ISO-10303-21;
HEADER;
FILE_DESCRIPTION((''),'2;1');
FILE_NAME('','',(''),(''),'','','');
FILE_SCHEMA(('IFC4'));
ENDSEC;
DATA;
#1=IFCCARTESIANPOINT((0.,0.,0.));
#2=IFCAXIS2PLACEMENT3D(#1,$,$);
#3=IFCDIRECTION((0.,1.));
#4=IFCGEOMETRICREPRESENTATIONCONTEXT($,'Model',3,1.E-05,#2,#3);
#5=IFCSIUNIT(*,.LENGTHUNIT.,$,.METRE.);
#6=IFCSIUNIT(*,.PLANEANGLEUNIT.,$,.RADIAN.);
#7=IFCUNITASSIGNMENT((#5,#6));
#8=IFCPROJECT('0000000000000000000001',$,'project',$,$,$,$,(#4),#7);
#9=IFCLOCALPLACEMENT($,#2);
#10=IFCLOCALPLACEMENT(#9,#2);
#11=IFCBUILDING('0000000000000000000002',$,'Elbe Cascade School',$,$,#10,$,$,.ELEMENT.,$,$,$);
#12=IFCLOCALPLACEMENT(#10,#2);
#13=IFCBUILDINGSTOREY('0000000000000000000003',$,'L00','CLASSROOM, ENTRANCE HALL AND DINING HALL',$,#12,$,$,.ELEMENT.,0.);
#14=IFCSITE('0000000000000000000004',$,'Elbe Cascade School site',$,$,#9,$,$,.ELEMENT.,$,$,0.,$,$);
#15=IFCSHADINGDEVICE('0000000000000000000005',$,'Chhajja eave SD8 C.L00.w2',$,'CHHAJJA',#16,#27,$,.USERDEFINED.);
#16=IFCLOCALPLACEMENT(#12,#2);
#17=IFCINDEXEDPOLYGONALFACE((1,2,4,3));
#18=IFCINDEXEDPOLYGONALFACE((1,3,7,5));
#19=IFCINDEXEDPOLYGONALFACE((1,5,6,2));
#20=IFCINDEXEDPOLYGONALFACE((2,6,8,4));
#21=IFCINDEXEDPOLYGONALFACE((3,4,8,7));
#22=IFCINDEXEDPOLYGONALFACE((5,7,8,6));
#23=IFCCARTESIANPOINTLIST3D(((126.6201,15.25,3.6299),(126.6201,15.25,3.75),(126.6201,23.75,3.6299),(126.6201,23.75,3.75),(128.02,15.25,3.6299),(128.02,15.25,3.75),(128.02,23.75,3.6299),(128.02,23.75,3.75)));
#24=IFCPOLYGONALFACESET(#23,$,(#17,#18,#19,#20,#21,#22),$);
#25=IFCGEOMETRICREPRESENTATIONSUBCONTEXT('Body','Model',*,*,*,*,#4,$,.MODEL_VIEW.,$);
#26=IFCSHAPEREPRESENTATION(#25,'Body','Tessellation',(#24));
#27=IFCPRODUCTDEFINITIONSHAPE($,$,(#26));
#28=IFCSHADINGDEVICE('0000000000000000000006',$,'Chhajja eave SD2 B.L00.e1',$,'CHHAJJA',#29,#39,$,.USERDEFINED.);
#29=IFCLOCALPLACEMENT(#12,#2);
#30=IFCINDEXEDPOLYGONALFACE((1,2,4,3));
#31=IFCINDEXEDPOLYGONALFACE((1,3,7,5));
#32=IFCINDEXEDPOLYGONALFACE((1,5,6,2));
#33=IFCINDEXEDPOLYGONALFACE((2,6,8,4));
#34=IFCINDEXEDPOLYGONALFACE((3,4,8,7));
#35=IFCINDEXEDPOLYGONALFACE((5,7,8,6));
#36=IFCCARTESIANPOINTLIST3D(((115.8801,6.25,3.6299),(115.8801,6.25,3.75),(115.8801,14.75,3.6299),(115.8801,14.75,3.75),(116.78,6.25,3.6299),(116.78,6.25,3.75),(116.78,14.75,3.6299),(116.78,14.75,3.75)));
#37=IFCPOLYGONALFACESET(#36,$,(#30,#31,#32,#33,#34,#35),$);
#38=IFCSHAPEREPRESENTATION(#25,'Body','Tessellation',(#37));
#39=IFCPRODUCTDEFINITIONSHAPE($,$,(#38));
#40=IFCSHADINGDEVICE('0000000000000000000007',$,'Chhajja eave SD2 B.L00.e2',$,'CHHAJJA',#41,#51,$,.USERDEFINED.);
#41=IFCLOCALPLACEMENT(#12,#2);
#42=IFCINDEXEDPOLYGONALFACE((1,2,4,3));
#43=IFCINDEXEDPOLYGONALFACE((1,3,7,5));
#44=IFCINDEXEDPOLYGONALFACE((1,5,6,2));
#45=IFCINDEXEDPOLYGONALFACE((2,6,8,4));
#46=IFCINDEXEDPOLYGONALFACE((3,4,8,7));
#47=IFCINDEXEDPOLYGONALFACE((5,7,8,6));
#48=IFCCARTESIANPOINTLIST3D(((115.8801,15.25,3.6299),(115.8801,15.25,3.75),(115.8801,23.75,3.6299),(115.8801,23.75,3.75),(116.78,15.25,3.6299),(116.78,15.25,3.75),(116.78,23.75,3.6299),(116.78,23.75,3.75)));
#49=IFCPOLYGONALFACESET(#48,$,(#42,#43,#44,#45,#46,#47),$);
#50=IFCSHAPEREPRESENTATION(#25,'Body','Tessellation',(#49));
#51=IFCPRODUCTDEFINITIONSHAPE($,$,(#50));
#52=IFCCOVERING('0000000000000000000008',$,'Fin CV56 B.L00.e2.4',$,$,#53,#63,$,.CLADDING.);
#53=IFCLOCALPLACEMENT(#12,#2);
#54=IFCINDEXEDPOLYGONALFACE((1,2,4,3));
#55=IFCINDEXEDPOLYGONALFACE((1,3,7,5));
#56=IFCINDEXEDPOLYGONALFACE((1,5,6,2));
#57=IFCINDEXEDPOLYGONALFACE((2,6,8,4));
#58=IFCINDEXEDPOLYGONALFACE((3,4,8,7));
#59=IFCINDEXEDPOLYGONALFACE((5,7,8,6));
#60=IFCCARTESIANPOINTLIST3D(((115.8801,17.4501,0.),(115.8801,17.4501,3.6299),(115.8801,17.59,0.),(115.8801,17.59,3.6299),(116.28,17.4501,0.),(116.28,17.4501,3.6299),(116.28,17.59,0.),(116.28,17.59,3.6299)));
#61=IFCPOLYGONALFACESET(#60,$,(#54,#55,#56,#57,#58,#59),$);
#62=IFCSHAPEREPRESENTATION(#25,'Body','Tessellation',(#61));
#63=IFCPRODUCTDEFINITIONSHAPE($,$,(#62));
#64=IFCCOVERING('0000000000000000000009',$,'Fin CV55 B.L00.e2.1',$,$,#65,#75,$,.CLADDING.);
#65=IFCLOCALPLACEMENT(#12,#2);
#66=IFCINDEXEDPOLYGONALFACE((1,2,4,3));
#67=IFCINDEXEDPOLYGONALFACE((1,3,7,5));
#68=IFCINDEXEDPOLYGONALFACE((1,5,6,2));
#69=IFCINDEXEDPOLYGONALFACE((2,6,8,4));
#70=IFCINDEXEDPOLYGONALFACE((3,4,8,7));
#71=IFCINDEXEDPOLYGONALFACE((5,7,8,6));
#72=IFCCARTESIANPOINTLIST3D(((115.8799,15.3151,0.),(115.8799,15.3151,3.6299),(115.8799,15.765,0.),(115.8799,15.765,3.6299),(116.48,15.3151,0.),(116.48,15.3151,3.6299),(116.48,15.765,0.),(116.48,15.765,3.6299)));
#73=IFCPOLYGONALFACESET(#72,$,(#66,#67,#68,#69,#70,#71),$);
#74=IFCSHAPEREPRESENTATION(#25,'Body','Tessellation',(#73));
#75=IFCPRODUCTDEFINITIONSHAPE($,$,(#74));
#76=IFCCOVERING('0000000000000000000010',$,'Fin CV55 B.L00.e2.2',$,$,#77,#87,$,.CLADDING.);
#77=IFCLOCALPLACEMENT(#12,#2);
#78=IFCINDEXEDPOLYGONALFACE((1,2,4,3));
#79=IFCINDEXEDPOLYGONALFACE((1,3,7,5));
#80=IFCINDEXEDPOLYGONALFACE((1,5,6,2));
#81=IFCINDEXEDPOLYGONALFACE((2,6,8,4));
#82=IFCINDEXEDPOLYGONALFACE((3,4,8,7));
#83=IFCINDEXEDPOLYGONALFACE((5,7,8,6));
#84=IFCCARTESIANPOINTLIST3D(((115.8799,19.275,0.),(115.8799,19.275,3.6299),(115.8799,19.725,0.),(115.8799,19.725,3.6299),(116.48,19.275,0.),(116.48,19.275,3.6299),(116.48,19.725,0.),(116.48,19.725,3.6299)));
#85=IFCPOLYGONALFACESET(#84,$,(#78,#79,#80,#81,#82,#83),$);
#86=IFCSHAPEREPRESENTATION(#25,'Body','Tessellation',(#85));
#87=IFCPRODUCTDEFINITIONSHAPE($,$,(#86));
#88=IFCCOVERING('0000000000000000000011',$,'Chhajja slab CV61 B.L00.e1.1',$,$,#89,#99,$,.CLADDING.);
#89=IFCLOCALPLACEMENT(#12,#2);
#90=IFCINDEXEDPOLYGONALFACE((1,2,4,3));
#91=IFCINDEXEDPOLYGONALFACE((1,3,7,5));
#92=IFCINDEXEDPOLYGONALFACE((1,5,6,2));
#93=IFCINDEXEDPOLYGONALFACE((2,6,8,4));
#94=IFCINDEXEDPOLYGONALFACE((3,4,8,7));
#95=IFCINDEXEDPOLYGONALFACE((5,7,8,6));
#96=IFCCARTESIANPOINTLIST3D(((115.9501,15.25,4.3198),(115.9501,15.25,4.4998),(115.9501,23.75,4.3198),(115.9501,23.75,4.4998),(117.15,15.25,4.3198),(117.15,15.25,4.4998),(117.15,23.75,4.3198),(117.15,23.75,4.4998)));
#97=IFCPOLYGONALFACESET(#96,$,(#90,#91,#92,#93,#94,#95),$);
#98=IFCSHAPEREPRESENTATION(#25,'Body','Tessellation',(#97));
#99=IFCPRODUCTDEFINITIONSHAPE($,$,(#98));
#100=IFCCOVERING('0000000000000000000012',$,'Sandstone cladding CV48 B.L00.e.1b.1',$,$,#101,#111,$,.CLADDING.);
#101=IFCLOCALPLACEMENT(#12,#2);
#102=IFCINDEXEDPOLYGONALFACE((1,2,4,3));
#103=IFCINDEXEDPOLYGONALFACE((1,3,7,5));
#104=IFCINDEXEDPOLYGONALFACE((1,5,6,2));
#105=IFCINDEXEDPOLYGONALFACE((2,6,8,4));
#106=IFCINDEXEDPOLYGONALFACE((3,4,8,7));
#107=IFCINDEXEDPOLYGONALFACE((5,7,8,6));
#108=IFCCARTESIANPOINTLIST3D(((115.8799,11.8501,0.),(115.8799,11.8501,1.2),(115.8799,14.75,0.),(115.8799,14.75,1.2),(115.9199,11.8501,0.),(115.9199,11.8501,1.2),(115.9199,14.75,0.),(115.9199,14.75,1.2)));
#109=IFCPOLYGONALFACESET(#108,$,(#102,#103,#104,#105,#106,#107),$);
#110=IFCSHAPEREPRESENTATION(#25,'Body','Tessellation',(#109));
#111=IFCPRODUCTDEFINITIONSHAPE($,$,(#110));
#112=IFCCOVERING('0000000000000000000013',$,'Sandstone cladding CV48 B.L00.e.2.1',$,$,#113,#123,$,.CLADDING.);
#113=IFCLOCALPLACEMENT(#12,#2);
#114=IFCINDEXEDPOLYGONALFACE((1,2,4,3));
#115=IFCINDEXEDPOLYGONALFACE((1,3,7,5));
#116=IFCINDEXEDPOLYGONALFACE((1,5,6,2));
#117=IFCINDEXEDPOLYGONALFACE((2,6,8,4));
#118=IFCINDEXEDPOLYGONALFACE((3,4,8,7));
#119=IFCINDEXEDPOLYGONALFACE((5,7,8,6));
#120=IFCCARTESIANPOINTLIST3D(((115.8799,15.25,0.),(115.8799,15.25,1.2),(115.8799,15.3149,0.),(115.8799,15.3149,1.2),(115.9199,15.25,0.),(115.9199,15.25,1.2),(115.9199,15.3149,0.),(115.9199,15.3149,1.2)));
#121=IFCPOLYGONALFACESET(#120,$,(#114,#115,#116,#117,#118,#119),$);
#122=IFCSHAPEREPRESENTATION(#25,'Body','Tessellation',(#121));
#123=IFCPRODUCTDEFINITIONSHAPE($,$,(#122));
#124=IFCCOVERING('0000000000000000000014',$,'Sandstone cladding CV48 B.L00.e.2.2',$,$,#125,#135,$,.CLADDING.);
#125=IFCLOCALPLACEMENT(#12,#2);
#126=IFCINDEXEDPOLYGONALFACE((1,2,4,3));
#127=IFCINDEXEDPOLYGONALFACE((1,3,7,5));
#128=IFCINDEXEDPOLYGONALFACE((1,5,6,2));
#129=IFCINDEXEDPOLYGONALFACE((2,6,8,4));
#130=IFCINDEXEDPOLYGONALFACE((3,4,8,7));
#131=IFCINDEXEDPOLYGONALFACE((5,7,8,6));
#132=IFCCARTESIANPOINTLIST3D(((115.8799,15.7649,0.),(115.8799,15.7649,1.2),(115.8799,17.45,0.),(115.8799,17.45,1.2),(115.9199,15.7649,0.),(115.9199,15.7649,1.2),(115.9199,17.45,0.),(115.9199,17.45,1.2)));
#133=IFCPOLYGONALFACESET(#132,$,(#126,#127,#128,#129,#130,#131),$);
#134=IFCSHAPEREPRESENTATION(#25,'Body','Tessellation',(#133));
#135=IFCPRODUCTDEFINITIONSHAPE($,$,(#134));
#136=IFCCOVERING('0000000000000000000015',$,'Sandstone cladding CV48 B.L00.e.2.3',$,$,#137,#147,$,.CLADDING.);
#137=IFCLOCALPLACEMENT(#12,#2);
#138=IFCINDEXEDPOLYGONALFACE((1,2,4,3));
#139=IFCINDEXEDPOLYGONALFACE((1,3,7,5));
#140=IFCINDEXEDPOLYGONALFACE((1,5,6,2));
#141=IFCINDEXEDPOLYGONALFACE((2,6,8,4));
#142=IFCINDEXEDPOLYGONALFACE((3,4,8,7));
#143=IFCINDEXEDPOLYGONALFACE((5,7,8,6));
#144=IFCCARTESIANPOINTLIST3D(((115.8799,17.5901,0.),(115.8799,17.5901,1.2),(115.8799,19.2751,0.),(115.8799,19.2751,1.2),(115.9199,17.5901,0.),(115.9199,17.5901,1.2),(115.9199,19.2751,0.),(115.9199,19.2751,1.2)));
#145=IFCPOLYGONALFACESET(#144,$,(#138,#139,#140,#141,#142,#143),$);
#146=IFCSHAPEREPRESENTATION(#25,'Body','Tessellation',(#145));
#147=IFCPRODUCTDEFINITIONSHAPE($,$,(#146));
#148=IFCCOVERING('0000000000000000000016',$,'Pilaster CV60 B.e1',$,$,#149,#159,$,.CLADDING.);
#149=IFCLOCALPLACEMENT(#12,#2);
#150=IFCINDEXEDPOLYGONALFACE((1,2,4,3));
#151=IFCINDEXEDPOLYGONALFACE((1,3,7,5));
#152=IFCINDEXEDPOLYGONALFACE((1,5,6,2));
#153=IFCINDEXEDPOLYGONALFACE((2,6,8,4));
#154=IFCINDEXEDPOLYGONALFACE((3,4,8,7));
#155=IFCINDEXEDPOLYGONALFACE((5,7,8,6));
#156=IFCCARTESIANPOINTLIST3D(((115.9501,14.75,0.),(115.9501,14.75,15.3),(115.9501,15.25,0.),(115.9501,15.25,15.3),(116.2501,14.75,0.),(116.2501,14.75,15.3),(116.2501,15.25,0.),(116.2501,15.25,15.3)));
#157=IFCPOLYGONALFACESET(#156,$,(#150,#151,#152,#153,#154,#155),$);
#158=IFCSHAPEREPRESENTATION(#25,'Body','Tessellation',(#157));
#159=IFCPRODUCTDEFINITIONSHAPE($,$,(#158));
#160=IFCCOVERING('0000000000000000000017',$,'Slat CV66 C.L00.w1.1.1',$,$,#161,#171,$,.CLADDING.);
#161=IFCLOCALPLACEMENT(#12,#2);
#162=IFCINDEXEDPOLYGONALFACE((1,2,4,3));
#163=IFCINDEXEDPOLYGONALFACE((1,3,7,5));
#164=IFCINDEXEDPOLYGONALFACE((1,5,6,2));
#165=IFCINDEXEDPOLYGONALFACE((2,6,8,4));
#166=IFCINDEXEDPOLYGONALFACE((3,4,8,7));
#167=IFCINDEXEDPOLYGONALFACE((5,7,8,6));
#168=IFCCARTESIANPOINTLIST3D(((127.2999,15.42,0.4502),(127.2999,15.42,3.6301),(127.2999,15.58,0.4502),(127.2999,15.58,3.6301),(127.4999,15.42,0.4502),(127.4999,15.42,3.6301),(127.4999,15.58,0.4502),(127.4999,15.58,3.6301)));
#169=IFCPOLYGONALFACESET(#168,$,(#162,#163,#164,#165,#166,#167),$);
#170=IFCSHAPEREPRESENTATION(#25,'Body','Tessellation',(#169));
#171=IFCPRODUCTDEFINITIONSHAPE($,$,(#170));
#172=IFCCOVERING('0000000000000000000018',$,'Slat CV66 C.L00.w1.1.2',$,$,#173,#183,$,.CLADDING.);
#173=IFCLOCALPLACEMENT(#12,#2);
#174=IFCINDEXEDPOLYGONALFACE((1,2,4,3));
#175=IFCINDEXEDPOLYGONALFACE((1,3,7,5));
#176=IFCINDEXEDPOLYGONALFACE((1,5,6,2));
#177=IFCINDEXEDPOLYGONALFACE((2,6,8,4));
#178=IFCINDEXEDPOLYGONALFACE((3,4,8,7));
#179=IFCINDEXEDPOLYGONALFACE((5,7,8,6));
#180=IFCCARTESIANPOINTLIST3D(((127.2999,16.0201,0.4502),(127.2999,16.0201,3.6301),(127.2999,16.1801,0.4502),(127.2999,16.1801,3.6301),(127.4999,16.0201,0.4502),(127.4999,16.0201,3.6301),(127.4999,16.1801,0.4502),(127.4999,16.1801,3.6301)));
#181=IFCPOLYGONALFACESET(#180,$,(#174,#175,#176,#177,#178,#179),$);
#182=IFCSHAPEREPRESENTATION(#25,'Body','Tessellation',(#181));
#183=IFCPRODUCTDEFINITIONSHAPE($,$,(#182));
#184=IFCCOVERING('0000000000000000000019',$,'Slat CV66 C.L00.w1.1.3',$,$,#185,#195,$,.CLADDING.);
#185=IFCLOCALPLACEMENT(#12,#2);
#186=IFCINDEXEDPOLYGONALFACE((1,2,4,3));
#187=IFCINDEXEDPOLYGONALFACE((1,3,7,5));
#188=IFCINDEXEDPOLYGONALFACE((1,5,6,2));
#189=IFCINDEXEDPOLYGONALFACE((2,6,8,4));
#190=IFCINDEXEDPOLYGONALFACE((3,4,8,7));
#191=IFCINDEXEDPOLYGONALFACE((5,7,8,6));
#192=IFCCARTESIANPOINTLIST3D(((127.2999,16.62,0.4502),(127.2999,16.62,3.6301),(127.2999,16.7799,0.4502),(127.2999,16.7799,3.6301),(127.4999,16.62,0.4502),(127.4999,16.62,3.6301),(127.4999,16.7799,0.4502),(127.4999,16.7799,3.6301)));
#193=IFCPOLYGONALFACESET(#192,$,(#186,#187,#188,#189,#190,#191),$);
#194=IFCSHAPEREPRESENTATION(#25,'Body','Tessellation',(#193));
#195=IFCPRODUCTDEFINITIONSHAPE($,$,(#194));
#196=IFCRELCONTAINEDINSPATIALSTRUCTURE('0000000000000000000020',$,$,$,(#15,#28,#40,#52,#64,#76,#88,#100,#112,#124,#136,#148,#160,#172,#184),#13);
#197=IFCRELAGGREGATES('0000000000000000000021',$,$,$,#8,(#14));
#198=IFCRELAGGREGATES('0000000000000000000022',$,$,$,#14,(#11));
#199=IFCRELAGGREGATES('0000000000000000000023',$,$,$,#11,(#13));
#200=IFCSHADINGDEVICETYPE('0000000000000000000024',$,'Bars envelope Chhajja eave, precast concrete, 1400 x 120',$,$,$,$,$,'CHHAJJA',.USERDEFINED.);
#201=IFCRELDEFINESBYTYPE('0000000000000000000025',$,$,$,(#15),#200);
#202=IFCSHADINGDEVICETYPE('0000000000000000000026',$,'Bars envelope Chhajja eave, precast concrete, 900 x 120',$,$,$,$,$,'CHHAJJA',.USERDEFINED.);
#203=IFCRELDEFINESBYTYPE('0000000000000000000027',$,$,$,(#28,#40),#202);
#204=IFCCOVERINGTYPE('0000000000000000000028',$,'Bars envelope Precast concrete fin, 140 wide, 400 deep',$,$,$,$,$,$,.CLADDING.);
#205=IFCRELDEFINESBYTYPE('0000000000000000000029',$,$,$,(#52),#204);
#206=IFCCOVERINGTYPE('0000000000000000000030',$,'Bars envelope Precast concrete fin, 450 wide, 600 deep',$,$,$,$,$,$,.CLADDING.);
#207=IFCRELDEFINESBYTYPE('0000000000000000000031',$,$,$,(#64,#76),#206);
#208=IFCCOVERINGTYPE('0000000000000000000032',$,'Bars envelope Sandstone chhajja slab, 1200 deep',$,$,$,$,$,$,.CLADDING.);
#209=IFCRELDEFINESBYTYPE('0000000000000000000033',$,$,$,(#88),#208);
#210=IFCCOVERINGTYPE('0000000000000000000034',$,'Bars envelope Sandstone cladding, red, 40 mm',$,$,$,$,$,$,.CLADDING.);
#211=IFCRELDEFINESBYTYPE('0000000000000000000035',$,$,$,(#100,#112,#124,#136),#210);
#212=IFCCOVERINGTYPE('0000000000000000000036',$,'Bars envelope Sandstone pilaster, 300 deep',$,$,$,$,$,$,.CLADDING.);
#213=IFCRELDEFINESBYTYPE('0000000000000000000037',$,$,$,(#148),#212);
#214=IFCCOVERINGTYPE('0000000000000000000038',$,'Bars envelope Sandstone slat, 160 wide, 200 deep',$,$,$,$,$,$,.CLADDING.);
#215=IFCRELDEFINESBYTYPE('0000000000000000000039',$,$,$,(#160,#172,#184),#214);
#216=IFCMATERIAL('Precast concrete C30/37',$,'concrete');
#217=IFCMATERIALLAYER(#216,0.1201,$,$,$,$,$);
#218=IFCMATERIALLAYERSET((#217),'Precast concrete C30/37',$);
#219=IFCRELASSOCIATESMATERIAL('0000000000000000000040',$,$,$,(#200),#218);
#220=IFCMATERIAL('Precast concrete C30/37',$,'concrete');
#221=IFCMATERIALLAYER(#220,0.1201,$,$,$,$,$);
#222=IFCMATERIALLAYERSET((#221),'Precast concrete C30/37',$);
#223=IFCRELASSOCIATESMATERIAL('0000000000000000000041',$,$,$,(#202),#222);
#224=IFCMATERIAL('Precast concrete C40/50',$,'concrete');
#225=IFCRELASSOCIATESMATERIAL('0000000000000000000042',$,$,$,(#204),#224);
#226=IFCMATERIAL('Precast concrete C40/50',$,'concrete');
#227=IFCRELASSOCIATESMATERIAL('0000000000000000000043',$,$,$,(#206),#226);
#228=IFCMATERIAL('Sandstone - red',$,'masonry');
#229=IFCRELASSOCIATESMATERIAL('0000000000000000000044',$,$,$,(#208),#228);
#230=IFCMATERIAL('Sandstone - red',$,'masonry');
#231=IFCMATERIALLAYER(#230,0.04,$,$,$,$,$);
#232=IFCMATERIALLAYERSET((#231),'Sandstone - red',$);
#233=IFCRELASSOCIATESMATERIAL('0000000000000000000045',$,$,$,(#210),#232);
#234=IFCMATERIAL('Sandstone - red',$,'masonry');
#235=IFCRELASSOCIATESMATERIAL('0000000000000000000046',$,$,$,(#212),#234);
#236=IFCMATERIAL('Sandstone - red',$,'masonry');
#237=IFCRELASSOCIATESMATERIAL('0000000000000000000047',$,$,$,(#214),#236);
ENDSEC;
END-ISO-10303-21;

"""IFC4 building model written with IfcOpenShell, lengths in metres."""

from ifc_helpers import new_model, si_unit, direction, frame, origin, origin_2d, place, context, subcontext, project, spatial, rectangle, extrude, material, layer, layer_set, type_object, element, save


model = new_model("IFC4")

# Units and contexts
model_context = context("Model", 3, precision=1e-05, world=origin(), true_north=direction((0.0, 1.0)))
body_context = subcontext(model_context, "Body", "Model", "MODEL_VIEW")
ifc_project = project(units=[si_unit("LENGTHUNIT", "METRE"), si_unit("PLANEANGLEUNIT", "RADIAN")], contexts=[model_context])

# Site, building, storey
site_placement = place(None, origin())
site = spatial("IfcSite", under=ifc_project, at=site_placement, Name="Elbe Cascade School site", CompositionType="ELEMENT", RefElevation=0.0)
building_placement = place(site_placement, origin())
building = spatial("IfcBuilding", under=site, at=building_placement, Name="Elbe Cascade School", CompositionType="ELEMENT")
storey_placement = place(building_placement, origin())
storey = spatial("IfcBuildingStorey", under=building, at=storey_placement, Name="L00", Description="CLASSROOM, ENTRANCE HALL AND DINING HALL", CompositionType="ELEMENT", Elevation=0.0)

# Shading devices
ifc_material_1 = material(Name="Precast concrete C30/37", Category="concrete")
ifc_layer_1 = layer(ifc_material_1, 0.1201)
ifc_layer_set_1 = layer_set([ifc_layer_1], Name="Precast concrete C30/37")
shading_device_type_1 = type_object("IfcShadingDeviceType", Name="Bars envelope Chhajja eave, precast concrete, 1400 x 120", ElementType="CHHAJJA", PredefinedType="USERDEFINED", material=ifc_layer_set_1)
shading_device_placement = place(storey_placement, frame((127.3201, 19.5, 3.6299), z_axis=(0.0, 0.0, 1.0), x_axis=(0.0, 1.0, 0.0)))
element("IfcShadingDevice", 1, at=shading_device_placement, inside=storey, type_object=shading_device_type_1, Name="Chhajja eave SD8 C.L00.w2", ObjectType="CHHAJJA", PredefinedType="USERDEFINED", context=body_context, shape_type="SweptSolid", body=[
    extrude(rectangle(XDim=8.5, YDim=1.3999, at=origin_2d()), origin(), (0.0, 0.0, 1.0), 0.1201),
])
ifc_material_2 = material(Name="Precast concrete C30/37", Category="concrete")
ifc_layer_2 = layer(ifc_material_2, 0.1201)
ifc_layer_set_2 = layer_set([ifc_layer_2], Name="Precast concrete C30/37")
shading_device_type_2 = type_object("IfcShadingDeviceType", Name="Bars envelope Chhajja eave, precast concrete, 900 x 120", ElementType="CHHAJJA", PredefinedType="USERDEFINED", material=ifc_layer_set_2)
for number, where, z_axis, x_axis, name in (
    (2, (116.3301, 10.5, 3.6299), (0.0, 0.0, 1.0), (0.0, 1.0, 0.0), "Chhajja eave SD2 B.L00.e1"),
    (3, (116.3301, 19.5, 3.6299), (0.0, 0.0, 1.0), (0.0, 1.0, 0.0), "Chhajja eave SD2 B.L00.e2"),
):
    element("IfcShadingDevice", number, at=place(storey_placement, frame(where, z_axis=z_axis, x_axis=x_axis)), inside=storey, type_object=shading_device_type_2, Name=name, ObjectType="CHHAJJA", PredefinedType="USERDEFINED", context=body_context, shape_type="SweptSolid", body=[
        extrude(rectangle(XDim=8.5, YDim=0.8999, at=origin_2d()), origin(), (0.0, 0.0, 1.0), 0.1201),
    ])

# Coverings
ifc_material_3 = material(Name="Precast concrete C40/50", Category="concrete")
covering_type_1 = type_object("IfcCoveringType", Name="Bars envelope Precast concrete fin, 140 wide, 400 deep", PredefinedType="CLADDING", material=ifc_material_3)
covering_1_placement = place(storey_placement, frame((116.0801, 17.52, 0.0), z_axis=(0.0, 0.0, 1.0), x_axis=(0.0, 1.0, 0.0)))
element("IfcCovering", 4, at=covering_1_placement, inside=storey, type_object=covering_type_1, Name="Fin CV56 B.L00.e2.4", PredefinedType="CLADDING", context=body_context, shape_type="SweptSolid", body=[
    extrude(rectangle(XDim=0.1399, YDim=0.3999, at=origin_2d()), origin(), (0.0, 0.0, 1.0), 3.6299),
])
ifc_material_4 = material(Name="Precast concrete C40/50", Category="concrete")
covering_type_2 = type_object("IfcCoveringType", Name="Bars envelope Precast concrete fin, 450 wide, 600 deep", PredefinedType="CLADDING", material=ifc_material_4)
for number, where, z_axis, x_axis, name in (
    (5, (116.1799, 15.54, 0.0), (0.0, 0.0, 1.0), (0.0, 1.0, 0.0), "Fin CV55 B.L00.e2.1"),
    (6, (116.1799, 19.5, 0.0), (0.0, 0.0, 1.0), (0.0, 1.0, 0.0), "Fin CV55 B.L00.e2.2"),
):
    element("IfcCovering", number, at=place(storey_placement, frame(where, z_axis=z_axis, x_axis=x_axis)), inside=storey, type_object=covering_type_2, Name=name, PredefinedType="CLADDING", context=body_context, shape_type="SweptSolid", body=[
        extrude(rectangle(XDim=0.45, YDim=0.6001, at=origin_2d()), origin(), (0.0, 0.0, 1.0), 3.6299),
    ])
ifc_material_5 = material(Name="Sandstone - red", Category="masonry")
covering_type_3 = type_object("IfcCoveringType", Name="Bars envelope Sandstone chhajja slab, 1200 deep", PredefinedType="CLADDING", material=ifc_material_5)
covering_2_placement = place(storey_placement, frame((116.55, 19.5, 4.3198), z_axis=(0.0, 0.0, 1.0), x_axis=(0.0, 1.0, 0.0)))
element("IfcCovering", 7, at=covering_2_placement, inside=storey, type_object=covering_type_3, Name="Chhajja slab CV61 B.L00.e1.1", PredefinedType="CLADDING", context=body_context, shape_type="SweptSolid", body=[
    extrude(rectangle(XDim=8.5, YDim=1.2, at=origin_2d()), origin(), (0.0, 0.0, 1.0), 0.1799),
])
ifc_material_6 = material(Name="Sandstone - red", Category="masonry")
ifc_layer_3 = layer(ifc_material_6, 0.04)
ifc_layer_set_3 = layer_set([ifc_layer_3], Name="Sandstone - red")
covering_type_4 = type_object("IfcCoveringType", Name="Bars envelope Sandstone cladding, red, 40 mm", PredefinedType="CLADDING", material=ifc_layer_set_3)
covering_3_placement = place(storey_placement, frame((115.8999, 13.3, 0.0), z_axis=(0.0, 0.0, 1.0), x_axis=(0.0, 1.0, 0.0)))
element("IfcCovering", 8, at=covering_3_placement, inside=storey, type_object=covering_type_4, Name="Sandstone cladding CV48 B.L00.e.1b.1", PredefinedType="CLADDING", context=body_context, shape_type="SweptSolid", body=[
    extrude(rectangle(XDim=2.8999, YDim=0.04, at=origin_2d()), origin(), (0.0, 0.0, 1.0), 1.2),
])
covering_4_placement = place(storey_placement, frame((115.8999, 15.2825, 0.0), z_axis=(0.0, 0.0, 1.0), x_axis=(0.0, 1.0, 0.0)))
element("IfcCovering", 9, at=covering_4_placement, inside=storey, type_object=covering_type_4, Name="Sandstone cladding CV48 B.L00.e.2.1", PredefinedType="CLADDING", context=body_context, shape_type="SweptSolid", body=[
    extrude(rectangle(XDim=0.0649, YDim=0.04, at=origin_2d()), origin(), (0.0, 0.0, 1.0), 1.2),
])
for number, where, z_axis, x_axis, name in (
    (10, (115.8999, 16.6074, 0.0), (0.0, 0.0, 1.0), (0.0, 1.0, 0.0), "Sandstone cladding CV48 B.L00.e.2.2"),
    (11, (115.8999, 18.4326, 0.0), (0.0, 0.0, 1.0), (0.0, 1.0, 0.0), "Sandstone cladding CV48 B.L00.e.2.3"),
):
    element("IfcCovering", number, at=place(storey_placement, frame(where, z_axis=z_axis, x_axis=x_axis)), inside=storey, type_object=covering_type_4, Name=name, PredefinedType="CLADDING", context=body_context, shape_type="SweptSolid", body=[
        extrude(rectangle(XDim=1.6851, YDim=0.04, at=origin_2d()), origin(), (0.0, 0.0, 1.0), 1.2),
    ])
ifc_material_7 = material(Name="Sandstone - red", Category="masonry")
covering_type_5 = type_object("IfcCoveringType", Name="Bars envelope Sandstone pilaster, 300 deep", PredefinedType="CLADDING", material=ifc_material_7)
covering_5_placement = place(storey_placement, frame((116.1001, 15.0, 0.0), z_axis=(0.0, 0.0, 1.0), x_axis=(0.0, 1.0, 0.0)))
element("IfcCovering", 12, at=covering_5_placement, inside=storey, type_object=covering_type_5, Name="Pilaster CV60 B.e1", PredefinedType="CLADDING", context=body_context, shape_type="SweptSolid", body=[
    extrude(rectangle(XDim=0.5, YDim=0.3, at=origin_2d()), origin(), (0.0, 0.0, 1.0), 15.3),
])
ifc_material_8 = material(Name="Sandstone - red", Category="masonry")
covering_type_6 = type_object("IfcCoveringType", Name="Bars envelope Sandstone slat, 160 wide, 200 deep", PredefinedType="CLADDING", material=ifc_material_8)
for number, where, z_axis, x_axis, name in (
    (13, (127.3999, 15.5, 0.4502), (0.0, 0.0, 1.0), (0.0, 1.0, 0.0), "Slat CV66 C.L00.w1.1.1"),
    (14, (127.3999, 16.1001, 0.4502), (0.0, 0.0, 1.0), (0.0, 1.0, 0.0), "Slat CV66 C.L00.w1.1.2"),
    (15, (127.3999, 16.7, 0.4502), (0.0, 0.0, 1.0), (0.0, 1.0, 0.0), "Slat CV66 C.L00.w1.1.3"),
):
    element("IfcCovering", number, at=place(storey_placement, frame(where, z_axis=z_axis, x_axis=x_axis)), inside=storey, type_object=covering_type_6, Name=name, PredefinedType="CLADDING", context=body_context, shape_type="SweptSolid", body=[
        extrude(rectangle(XDim=0.1599, YDim=0.2, at=origin_2d()), origin(), (0.0, 0.0, 1.0), 3.1799),
    ])

save(model, "model.ifc")
